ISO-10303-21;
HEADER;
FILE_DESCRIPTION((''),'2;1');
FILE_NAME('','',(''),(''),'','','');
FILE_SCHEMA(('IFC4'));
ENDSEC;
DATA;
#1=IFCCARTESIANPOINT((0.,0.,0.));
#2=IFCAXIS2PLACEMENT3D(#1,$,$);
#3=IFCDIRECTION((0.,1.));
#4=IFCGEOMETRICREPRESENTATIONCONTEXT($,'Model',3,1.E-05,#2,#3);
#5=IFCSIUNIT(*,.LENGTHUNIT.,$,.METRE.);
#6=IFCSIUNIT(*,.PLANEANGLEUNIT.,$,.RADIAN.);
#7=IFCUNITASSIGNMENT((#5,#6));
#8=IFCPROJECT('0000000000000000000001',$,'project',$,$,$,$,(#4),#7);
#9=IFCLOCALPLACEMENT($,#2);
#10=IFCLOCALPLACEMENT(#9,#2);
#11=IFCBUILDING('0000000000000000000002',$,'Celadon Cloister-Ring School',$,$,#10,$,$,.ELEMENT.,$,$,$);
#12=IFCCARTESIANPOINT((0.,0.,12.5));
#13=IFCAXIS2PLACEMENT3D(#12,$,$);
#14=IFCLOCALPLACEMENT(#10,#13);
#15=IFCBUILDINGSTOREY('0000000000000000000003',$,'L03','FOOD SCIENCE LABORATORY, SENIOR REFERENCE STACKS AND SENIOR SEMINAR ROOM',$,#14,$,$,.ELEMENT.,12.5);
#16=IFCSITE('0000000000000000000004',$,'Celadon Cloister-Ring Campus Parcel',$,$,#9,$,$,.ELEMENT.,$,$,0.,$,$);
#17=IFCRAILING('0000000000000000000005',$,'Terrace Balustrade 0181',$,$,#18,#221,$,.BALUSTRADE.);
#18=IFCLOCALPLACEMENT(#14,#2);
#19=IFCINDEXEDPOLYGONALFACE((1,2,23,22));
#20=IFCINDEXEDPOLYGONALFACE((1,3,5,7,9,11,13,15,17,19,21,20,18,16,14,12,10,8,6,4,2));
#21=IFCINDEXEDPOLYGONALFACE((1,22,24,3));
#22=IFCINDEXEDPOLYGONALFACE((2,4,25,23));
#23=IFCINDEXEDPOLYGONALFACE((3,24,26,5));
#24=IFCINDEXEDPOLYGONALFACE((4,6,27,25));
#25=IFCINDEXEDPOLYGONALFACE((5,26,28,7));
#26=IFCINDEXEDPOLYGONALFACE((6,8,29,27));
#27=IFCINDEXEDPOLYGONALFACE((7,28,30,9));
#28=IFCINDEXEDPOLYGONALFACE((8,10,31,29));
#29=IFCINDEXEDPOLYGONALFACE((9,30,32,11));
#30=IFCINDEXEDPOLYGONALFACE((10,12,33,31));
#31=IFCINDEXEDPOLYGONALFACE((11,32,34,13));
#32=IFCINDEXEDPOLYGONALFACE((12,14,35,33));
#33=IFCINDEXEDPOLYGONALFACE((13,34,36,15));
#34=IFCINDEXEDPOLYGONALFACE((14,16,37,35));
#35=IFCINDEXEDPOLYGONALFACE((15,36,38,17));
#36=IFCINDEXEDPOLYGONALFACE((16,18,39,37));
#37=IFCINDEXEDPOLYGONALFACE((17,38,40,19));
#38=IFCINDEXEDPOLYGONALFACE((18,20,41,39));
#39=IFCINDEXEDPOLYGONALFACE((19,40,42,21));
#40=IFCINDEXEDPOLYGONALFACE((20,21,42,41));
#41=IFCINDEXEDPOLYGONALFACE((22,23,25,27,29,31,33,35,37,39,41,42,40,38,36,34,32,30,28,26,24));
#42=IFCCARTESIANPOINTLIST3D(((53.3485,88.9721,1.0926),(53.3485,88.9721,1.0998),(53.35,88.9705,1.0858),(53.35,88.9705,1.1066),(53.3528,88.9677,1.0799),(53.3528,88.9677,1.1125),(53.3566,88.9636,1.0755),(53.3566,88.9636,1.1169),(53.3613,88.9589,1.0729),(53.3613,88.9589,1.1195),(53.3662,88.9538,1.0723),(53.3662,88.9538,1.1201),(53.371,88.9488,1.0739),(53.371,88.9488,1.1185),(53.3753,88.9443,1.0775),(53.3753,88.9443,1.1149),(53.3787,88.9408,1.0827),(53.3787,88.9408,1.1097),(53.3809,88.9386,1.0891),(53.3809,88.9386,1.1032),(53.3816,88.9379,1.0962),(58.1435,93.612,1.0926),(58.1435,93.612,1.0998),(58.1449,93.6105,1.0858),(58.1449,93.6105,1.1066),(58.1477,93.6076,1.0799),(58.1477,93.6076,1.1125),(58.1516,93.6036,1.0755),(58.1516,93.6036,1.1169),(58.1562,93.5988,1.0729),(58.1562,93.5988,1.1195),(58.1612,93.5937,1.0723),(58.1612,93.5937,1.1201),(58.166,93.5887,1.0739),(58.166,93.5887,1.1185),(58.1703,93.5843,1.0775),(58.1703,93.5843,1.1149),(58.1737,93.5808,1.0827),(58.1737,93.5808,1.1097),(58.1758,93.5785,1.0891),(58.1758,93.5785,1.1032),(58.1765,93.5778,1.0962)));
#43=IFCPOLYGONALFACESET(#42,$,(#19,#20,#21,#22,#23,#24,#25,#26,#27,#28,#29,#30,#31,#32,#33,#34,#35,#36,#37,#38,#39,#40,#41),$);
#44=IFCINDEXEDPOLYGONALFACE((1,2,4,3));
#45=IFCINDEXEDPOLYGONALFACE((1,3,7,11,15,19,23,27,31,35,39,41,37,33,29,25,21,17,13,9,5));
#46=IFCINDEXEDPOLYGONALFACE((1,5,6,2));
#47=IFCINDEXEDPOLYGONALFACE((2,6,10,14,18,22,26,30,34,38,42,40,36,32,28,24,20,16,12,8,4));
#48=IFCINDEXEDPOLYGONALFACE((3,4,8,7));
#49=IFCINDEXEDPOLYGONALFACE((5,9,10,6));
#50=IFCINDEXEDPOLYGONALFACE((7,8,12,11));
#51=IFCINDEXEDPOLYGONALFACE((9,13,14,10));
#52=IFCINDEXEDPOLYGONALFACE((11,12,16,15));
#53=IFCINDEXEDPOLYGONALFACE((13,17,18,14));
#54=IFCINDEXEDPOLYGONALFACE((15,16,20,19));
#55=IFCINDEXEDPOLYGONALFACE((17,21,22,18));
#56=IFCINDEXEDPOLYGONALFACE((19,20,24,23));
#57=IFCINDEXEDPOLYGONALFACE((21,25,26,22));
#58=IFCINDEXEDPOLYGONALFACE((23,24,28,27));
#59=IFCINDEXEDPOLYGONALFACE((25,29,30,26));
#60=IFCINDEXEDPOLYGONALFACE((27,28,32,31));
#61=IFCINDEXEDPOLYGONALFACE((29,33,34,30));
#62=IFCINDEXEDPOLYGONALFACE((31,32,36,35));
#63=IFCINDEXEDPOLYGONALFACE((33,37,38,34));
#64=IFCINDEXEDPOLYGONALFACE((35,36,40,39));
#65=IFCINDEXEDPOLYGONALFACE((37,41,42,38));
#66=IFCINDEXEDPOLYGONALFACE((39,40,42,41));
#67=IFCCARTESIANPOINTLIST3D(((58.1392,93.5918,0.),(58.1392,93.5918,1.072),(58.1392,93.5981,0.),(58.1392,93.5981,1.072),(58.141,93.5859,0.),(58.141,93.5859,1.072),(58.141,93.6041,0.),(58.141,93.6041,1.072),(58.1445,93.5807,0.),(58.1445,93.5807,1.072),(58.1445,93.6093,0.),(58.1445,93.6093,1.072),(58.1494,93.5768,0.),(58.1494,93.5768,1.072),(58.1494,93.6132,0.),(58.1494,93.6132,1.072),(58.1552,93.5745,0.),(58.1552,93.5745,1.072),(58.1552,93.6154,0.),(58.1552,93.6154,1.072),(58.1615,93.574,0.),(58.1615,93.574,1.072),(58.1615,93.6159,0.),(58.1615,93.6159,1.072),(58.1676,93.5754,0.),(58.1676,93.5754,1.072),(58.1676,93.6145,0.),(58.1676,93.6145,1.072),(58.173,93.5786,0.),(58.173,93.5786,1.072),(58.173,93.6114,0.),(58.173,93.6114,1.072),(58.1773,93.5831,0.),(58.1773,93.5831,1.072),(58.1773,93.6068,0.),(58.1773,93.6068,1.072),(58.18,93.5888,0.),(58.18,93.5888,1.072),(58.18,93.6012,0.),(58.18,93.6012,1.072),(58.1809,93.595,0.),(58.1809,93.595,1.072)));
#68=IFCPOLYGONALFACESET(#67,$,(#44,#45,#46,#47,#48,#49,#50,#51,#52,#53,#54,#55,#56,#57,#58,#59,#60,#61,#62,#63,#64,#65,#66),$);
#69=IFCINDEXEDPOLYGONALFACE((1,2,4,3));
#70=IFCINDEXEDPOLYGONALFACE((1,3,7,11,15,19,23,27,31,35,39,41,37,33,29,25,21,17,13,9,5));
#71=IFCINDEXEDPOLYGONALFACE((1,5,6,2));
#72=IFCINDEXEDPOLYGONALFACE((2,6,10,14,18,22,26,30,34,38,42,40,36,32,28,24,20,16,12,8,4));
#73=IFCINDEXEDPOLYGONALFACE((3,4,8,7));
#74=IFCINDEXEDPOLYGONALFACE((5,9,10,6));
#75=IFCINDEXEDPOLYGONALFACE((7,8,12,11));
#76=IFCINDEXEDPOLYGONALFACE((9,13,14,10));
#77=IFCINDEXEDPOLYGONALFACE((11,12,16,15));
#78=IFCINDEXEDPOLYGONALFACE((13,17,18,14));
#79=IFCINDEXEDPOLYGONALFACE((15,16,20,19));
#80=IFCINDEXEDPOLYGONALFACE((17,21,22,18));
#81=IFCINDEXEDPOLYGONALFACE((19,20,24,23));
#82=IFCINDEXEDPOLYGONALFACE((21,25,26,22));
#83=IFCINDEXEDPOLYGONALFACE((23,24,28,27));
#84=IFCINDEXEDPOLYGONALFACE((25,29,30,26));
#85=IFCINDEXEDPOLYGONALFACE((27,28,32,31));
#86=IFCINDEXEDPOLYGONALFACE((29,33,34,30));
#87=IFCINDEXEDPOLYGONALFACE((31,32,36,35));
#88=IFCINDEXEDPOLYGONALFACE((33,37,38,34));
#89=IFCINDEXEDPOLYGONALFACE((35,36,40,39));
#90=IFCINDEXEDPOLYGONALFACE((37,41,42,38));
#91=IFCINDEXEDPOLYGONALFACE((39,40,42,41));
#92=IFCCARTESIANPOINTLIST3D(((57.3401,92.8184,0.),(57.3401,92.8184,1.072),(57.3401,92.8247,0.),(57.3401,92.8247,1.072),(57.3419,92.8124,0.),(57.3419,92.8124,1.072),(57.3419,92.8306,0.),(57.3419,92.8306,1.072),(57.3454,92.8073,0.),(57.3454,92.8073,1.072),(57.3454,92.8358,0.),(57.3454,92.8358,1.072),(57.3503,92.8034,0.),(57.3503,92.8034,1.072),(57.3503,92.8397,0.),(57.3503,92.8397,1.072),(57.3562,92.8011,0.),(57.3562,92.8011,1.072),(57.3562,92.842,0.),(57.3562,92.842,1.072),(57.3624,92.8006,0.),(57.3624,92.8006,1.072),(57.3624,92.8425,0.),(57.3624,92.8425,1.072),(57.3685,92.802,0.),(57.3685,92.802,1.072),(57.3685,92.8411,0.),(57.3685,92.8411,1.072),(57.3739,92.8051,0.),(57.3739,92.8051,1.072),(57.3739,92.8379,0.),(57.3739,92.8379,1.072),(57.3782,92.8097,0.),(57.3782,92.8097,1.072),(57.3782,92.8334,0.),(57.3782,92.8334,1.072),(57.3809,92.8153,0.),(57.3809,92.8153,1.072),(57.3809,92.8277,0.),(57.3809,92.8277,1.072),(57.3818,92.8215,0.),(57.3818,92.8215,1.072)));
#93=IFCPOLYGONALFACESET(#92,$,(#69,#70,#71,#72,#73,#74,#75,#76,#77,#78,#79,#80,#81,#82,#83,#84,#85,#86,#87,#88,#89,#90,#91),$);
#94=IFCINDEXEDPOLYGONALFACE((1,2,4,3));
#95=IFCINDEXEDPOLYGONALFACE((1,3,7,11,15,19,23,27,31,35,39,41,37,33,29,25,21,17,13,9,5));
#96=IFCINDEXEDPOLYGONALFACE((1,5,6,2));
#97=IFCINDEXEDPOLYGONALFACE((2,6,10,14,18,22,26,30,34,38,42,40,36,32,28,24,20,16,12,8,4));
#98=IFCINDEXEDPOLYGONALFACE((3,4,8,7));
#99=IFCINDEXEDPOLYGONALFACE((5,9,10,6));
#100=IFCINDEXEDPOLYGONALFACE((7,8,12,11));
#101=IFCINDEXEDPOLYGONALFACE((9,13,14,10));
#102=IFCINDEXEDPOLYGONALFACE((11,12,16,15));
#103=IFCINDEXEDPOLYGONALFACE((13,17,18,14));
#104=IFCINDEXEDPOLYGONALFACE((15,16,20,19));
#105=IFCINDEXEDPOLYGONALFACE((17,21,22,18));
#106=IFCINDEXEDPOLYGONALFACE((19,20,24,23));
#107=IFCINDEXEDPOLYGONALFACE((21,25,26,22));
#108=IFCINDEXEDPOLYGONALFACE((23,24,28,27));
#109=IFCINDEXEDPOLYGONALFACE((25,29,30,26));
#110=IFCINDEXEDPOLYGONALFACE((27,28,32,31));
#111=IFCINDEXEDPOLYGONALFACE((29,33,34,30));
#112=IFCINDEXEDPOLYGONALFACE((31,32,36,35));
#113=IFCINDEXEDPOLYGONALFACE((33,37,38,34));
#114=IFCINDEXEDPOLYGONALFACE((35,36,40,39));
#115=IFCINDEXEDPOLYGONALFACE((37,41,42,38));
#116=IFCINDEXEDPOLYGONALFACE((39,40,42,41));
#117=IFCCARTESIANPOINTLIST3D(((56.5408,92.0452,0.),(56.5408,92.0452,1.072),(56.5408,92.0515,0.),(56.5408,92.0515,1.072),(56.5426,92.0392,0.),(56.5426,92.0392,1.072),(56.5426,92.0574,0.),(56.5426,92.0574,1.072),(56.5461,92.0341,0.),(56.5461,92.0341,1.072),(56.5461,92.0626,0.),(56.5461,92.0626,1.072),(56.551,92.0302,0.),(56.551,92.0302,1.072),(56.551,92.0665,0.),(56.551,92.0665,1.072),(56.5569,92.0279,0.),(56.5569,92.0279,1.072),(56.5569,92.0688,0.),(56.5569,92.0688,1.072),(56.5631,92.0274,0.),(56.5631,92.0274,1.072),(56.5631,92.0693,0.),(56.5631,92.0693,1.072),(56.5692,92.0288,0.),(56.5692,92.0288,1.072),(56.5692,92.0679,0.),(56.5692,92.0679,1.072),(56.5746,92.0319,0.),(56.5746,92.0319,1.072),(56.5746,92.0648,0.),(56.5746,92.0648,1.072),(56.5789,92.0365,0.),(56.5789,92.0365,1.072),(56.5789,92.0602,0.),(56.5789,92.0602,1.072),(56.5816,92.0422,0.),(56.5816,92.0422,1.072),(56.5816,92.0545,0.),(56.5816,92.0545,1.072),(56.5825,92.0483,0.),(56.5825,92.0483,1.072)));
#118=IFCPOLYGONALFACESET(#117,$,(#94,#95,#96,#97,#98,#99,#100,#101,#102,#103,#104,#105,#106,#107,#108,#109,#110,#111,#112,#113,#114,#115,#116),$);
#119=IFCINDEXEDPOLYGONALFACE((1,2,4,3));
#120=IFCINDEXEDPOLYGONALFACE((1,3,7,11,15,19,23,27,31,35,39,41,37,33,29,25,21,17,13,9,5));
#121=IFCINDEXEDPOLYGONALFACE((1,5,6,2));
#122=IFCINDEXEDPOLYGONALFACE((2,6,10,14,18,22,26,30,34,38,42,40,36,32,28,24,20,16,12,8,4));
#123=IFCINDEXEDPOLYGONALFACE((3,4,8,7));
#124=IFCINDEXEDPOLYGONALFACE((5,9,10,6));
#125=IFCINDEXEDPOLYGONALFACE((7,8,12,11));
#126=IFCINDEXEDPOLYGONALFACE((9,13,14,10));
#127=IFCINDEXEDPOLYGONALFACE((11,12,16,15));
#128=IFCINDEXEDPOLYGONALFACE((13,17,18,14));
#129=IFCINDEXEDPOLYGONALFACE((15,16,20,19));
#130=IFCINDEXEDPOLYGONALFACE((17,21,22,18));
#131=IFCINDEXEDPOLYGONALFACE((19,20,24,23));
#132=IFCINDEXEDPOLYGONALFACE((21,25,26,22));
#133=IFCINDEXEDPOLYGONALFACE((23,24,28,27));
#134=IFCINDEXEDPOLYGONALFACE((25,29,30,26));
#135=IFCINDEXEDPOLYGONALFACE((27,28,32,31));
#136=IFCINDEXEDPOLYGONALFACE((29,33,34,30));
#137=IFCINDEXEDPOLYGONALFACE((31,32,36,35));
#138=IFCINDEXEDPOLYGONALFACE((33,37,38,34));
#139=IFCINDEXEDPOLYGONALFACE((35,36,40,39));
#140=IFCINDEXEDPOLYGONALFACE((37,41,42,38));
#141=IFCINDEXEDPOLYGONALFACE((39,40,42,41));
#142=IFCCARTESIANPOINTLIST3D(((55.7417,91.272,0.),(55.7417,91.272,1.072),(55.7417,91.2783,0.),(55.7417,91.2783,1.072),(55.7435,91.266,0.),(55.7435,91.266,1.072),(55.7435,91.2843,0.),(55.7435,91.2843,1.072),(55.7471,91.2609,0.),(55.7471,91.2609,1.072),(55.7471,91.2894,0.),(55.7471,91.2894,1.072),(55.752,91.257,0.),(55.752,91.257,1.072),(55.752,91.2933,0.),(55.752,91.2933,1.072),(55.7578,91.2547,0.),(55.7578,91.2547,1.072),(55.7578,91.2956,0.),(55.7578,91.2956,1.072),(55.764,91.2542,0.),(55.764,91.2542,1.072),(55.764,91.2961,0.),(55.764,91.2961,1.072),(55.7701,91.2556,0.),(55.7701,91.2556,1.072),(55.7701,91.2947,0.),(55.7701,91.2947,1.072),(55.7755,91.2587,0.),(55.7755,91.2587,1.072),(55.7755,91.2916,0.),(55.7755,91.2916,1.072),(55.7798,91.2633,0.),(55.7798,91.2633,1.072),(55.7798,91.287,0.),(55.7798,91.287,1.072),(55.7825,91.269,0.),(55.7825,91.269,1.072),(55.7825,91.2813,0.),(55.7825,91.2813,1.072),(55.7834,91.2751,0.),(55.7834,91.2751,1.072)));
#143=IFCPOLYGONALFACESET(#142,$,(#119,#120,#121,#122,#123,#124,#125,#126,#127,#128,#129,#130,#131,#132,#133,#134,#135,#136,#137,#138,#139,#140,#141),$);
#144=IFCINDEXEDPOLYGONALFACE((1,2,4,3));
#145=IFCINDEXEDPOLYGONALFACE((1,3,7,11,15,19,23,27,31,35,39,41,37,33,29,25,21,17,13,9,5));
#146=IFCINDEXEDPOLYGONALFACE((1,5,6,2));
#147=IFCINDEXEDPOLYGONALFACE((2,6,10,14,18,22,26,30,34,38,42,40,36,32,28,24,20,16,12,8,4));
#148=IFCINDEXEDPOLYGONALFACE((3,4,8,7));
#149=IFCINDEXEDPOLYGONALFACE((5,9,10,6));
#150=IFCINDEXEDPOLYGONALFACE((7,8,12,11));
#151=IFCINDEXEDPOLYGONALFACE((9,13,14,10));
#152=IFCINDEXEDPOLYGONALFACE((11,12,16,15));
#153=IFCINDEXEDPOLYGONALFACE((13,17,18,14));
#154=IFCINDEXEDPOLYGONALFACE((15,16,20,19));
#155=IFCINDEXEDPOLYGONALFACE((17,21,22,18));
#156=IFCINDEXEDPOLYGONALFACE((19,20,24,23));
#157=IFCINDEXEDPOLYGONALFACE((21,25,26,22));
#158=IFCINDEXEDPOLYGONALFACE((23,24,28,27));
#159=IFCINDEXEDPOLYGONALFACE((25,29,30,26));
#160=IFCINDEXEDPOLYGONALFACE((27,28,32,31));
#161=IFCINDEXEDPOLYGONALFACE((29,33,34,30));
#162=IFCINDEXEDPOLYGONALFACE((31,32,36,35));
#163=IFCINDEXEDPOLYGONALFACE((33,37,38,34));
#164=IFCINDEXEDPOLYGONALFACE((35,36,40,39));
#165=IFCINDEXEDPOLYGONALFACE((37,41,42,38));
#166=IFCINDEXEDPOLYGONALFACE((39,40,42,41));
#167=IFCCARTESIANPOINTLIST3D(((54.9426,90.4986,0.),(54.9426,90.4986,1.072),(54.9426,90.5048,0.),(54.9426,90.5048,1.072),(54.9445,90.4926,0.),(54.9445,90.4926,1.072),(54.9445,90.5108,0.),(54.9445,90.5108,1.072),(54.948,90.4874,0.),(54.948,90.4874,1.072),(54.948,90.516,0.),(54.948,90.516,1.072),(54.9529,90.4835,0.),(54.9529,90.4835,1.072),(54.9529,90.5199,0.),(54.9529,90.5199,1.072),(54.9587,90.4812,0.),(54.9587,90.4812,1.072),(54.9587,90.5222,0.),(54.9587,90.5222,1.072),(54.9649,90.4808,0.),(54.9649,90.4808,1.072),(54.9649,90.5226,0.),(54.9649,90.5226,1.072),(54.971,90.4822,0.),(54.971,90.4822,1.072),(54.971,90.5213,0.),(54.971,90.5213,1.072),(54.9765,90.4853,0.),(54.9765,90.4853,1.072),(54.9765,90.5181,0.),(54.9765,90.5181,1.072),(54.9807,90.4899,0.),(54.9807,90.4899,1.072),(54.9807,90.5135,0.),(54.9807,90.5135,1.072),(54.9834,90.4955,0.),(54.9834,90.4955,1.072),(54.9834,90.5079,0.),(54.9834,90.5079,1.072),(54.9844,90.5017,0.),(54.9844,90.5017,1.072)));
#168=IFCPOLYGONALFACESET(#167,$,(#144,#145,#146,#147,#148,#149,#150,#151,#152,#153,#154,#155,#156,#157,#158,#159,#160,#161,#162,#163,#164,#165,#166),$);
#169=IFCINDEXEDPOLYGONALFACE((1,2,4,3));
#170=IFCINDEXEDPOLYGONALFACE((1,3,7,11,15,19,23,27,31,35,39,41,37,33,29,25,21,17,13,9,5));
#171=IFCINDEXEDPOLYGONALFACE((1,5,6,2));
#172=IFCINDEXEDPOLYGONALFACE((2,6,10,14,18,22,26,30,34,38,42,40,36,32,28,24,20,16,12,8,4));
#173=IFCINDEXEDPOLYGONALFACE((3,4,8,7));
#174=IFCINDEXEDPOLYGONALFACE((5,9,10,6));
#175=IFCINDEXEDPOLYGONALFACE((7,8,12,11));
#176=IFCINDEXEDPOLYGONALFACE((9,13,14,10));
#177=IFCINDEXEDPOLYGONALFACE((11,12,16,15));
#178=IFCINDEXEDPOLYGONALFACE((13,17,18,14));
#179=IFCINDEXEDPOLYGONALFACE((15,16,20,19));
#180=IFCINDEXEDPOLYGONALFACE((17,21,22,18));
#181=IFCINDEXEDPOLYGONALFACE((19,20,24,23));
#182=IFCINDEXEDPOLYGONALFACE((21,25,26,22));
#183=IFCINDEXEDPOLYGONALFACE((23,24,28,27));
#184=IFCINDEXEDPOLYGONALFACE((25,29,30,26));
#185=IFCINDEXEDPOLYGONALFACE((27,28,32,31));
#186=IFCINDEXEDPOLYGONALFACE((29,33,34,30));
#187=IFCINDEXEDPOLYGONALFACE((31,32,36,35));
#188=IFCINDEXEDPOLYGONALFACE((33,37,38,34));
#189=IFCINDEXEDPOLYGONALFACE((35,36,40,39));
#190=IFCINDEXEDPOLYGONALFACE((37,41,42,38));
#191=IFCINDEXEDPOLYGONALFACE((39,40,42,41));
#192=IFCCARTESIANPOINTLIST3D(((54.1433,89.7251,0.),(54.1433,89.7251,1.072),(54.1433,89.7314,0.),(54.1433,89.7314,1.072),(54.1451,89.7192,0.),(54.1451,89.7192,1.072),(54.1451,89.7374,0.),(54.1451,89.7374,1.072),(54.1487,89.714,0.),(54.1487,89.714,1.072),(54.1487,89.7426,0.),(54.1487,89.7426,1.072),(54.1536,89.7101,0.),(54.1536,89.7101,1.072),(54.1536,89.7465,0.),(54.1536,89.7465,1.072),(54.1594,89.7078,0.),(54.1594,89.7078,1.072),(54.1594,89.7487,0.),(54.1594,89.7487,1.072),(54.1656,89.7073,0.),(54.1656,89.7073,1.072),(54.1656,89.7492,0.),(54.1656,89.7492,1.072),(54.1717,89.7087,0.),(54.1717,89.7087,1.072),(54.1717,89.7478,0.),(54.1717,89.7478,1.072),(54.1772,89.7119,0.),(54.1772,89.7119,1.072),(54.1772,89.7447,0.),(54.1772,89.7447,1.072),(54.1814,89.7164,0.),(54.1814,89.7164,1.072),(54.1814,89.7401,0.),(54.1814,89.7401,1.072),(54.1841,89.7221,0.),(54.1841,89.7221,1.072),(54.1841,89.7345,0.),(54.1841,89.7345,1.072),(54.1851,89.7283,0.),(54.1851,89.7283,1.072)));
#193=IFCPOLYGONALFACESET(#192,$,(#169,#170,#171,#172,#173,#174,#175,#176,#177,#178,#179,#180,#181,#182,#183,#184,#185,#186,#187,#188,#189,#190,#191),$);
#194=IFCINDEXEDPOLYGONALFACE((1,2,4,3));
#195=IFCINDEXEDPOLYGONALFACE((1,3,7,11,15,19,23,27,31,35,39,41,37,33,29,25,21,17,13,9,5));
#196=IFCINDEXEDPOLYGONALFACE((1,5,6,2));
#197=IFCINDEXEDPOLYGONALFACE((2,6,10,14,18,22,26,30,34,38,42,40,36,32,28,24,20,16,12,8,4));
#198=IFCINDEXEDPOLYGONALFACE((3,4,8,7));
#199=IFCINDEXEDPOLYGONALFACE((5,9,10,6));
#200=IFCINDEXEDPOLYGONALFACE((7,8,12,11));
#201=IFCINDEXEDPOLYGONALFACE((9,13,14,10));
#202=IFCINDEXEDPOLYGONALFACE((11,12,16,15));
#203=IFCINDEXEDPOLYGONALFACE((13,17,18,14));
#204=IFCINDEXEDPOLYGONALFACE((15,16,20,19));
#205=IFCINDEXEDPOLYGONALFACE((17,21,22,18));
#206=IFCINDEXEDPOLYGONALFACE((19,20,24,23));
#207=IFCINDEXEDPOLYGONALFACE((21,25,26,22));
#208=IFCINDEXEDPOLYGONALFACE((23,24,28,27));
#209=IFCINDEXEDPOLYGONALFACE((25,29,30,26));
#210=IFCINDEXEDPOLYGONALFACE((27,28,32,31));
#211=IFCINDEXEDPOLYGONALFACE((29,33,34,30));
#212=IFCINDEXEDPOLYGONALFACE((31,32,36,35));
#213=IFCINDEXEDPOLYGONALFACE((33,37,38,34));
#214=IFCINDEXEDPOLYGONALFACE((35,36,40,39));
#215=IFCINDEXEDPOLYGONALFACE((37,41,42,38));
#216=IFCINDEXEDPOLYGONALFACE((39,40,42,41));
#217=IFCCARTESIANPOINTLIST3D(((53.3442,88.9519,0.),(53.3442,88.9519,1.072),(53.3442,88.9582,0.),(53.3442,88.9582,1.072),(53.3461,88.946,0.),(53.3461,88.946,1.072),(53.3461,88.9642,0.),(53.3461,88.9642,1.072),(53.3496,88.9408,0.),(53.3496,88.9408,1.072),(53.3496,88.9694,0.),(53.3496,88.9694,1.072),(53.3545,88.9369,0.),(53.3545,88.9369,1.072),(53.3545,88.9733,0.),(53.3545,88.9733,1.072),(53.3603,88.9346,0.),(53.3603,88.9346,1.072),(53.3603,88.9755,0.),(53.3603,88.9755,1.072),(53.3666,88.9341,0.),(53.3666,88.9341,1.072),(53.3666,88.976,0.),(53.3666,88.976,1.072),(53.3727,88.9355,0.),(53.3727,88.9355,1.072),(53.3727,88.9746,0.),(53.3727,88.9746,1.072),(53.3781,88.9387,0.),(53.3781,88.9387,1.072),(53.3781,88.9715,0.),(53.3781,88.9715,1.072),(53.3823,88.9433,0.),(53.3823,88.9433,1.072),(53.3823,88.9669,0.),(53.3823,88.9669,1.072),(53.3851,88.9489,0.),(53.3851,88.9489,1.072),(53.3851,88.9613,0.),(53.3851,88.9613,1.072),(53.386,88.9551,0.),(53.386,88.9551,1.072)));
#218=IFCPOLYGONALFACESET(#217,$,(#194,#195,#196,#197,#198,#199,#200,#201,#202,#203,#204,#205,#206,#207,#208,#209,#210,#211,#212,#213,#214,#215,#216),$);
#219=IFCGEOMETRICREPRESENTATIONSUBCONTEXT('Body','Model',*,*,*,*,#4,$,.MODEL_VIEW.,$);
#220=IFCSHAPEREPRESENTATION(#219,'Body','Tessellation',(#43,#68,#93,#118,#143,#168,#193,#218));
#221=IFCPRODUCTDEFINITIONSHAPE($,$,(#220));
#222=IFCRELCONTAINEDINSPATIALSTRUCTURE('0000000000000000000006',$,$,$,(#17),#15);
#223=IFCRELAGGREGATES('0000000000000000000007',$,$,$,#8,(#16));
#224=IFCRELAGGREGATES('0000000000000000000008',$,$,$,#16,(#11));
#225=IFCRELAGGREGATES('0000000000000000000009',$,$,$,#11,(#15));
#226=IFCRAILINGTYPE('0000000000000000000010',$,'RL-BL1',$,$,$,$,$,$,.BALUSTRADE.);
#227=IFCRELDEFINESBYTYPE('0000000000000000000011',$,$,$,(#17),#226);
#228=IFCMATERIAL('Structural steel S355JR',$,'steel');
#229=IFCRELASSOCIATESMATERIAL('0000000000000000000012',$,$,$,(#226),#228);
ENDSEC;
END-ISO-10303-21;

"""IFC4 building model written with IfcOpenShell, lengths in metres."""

from ifc_helpers import new_model, si_unit, direction, frame, origin, origin_2d, place, context, subcontext, project, spatial, circle, extrude, material, type_object, element, save


model = new_model("IFC4")

# Units and contexts
model_context = context("Model", 3, precision=1e-05, world=origin(), true_north=direction((0.0, 1.0)))
body_context = subcontext(model_context, "Body", "Model", "MODEL_VIEW")
ifc_project = project(units=[si_unit("LENGTHUNIT", "METRE"), si_unit("PLANEANGLEUNIT", "RADIAN")], contexts=[model_context])

# Site, building, storey
site_placement = place(None, origin())
site = spatial("IfcSite", under=ifc_project, at=site_placement, Name="Celadon Cloister-Ring Campus Parcel", CompositionType="ELEMENT", RefElevation=0.0)
building_placement = place(site_placement, origin())
building = spatial("IfcBuilding", under=site, at=building_placement, Name="Celadon Cloister-Ring School", CompositionType="ELEMENT")
storey_placement = place(building_placement, frame((0.0, 0.0, 12.5)))
storey = spatial("IfcBuildingStorey", under=building, at=storey_placement, Name="L03", Description="FOOD SCIENCE LABORATORY, SENIOR REFERENCE STACKS AND SENIOR SEMINAR ROOM", CompositionType="ELEMENT", Elevation=12.5)

# Railing
ifc_material_1 = material(Name="Structural steel S355JR", Category="steel")
railing_type = type_object("IfcRailingType", Name="RL-BL1", PredefinedType="BALUSTRADE", material=ifc_material_1)
railing_placement = place(storey_placement, frame((58.1599, 93.595, 0.0)))
element("IfcRailing", 1, at=railing_placement, inside=storey, type_object=railing_type, Name="Terrace Balustrade 0181", PredefinedType="BALUSTRADE", context=body_context, shape_type="SweptSolid", body=[
    extrude(circle(Radius=0.0239, at=origin_2d()), frame((0.0, 0.0, 1.0962), z_axis=(-0.718629, -0.695394, 0.0), x_axis=(0.695394, -0.718629, 0.0)), (0.0, 0.0, 1.0), 6.6724),
    extrude(circle(Radius=0.021, at=origin_2d()), origin(), (0.0, 0.0, 1.0), 1.072),
    extrude(circle(Radius=0.021, at=origin_2d()), frame((-0.7991, -0.7734, 0.0)), (0.0, 0.0, 1.0), 1.072),
    extrude(circle(Radius=0.021, at=origin_2d()), frame((-1.5984, -1.5466, 0.0)), (0.0, 0.0, 1.0), 1.072),
    extrude(circle(Radius=0.021, at=origin_2d()), frame((-2.3975, -2.3198, 0.0)), (0.0, 0.0, 1.0), 1.072),
    extrude(circle(Radius=0.021, at=origin_2d()), frame((-3.1965, -3.0933, 0.0)), (0.0, 0.0, 1.0), 1.072),
    extrude(circle(Radius=0.021, at=origin_2d()), frame((-3.9958, -3.8667, 0.0)), (0.0, 0.0, 1.0), 1.072),
    extrude(circle(Radius=0.021, at=origin_2d()), frame((-4.7949, -4.6399, 0.0)), (0.0, 0.0, 1.0), 1.072),
])

save(model, "model.ifc")
